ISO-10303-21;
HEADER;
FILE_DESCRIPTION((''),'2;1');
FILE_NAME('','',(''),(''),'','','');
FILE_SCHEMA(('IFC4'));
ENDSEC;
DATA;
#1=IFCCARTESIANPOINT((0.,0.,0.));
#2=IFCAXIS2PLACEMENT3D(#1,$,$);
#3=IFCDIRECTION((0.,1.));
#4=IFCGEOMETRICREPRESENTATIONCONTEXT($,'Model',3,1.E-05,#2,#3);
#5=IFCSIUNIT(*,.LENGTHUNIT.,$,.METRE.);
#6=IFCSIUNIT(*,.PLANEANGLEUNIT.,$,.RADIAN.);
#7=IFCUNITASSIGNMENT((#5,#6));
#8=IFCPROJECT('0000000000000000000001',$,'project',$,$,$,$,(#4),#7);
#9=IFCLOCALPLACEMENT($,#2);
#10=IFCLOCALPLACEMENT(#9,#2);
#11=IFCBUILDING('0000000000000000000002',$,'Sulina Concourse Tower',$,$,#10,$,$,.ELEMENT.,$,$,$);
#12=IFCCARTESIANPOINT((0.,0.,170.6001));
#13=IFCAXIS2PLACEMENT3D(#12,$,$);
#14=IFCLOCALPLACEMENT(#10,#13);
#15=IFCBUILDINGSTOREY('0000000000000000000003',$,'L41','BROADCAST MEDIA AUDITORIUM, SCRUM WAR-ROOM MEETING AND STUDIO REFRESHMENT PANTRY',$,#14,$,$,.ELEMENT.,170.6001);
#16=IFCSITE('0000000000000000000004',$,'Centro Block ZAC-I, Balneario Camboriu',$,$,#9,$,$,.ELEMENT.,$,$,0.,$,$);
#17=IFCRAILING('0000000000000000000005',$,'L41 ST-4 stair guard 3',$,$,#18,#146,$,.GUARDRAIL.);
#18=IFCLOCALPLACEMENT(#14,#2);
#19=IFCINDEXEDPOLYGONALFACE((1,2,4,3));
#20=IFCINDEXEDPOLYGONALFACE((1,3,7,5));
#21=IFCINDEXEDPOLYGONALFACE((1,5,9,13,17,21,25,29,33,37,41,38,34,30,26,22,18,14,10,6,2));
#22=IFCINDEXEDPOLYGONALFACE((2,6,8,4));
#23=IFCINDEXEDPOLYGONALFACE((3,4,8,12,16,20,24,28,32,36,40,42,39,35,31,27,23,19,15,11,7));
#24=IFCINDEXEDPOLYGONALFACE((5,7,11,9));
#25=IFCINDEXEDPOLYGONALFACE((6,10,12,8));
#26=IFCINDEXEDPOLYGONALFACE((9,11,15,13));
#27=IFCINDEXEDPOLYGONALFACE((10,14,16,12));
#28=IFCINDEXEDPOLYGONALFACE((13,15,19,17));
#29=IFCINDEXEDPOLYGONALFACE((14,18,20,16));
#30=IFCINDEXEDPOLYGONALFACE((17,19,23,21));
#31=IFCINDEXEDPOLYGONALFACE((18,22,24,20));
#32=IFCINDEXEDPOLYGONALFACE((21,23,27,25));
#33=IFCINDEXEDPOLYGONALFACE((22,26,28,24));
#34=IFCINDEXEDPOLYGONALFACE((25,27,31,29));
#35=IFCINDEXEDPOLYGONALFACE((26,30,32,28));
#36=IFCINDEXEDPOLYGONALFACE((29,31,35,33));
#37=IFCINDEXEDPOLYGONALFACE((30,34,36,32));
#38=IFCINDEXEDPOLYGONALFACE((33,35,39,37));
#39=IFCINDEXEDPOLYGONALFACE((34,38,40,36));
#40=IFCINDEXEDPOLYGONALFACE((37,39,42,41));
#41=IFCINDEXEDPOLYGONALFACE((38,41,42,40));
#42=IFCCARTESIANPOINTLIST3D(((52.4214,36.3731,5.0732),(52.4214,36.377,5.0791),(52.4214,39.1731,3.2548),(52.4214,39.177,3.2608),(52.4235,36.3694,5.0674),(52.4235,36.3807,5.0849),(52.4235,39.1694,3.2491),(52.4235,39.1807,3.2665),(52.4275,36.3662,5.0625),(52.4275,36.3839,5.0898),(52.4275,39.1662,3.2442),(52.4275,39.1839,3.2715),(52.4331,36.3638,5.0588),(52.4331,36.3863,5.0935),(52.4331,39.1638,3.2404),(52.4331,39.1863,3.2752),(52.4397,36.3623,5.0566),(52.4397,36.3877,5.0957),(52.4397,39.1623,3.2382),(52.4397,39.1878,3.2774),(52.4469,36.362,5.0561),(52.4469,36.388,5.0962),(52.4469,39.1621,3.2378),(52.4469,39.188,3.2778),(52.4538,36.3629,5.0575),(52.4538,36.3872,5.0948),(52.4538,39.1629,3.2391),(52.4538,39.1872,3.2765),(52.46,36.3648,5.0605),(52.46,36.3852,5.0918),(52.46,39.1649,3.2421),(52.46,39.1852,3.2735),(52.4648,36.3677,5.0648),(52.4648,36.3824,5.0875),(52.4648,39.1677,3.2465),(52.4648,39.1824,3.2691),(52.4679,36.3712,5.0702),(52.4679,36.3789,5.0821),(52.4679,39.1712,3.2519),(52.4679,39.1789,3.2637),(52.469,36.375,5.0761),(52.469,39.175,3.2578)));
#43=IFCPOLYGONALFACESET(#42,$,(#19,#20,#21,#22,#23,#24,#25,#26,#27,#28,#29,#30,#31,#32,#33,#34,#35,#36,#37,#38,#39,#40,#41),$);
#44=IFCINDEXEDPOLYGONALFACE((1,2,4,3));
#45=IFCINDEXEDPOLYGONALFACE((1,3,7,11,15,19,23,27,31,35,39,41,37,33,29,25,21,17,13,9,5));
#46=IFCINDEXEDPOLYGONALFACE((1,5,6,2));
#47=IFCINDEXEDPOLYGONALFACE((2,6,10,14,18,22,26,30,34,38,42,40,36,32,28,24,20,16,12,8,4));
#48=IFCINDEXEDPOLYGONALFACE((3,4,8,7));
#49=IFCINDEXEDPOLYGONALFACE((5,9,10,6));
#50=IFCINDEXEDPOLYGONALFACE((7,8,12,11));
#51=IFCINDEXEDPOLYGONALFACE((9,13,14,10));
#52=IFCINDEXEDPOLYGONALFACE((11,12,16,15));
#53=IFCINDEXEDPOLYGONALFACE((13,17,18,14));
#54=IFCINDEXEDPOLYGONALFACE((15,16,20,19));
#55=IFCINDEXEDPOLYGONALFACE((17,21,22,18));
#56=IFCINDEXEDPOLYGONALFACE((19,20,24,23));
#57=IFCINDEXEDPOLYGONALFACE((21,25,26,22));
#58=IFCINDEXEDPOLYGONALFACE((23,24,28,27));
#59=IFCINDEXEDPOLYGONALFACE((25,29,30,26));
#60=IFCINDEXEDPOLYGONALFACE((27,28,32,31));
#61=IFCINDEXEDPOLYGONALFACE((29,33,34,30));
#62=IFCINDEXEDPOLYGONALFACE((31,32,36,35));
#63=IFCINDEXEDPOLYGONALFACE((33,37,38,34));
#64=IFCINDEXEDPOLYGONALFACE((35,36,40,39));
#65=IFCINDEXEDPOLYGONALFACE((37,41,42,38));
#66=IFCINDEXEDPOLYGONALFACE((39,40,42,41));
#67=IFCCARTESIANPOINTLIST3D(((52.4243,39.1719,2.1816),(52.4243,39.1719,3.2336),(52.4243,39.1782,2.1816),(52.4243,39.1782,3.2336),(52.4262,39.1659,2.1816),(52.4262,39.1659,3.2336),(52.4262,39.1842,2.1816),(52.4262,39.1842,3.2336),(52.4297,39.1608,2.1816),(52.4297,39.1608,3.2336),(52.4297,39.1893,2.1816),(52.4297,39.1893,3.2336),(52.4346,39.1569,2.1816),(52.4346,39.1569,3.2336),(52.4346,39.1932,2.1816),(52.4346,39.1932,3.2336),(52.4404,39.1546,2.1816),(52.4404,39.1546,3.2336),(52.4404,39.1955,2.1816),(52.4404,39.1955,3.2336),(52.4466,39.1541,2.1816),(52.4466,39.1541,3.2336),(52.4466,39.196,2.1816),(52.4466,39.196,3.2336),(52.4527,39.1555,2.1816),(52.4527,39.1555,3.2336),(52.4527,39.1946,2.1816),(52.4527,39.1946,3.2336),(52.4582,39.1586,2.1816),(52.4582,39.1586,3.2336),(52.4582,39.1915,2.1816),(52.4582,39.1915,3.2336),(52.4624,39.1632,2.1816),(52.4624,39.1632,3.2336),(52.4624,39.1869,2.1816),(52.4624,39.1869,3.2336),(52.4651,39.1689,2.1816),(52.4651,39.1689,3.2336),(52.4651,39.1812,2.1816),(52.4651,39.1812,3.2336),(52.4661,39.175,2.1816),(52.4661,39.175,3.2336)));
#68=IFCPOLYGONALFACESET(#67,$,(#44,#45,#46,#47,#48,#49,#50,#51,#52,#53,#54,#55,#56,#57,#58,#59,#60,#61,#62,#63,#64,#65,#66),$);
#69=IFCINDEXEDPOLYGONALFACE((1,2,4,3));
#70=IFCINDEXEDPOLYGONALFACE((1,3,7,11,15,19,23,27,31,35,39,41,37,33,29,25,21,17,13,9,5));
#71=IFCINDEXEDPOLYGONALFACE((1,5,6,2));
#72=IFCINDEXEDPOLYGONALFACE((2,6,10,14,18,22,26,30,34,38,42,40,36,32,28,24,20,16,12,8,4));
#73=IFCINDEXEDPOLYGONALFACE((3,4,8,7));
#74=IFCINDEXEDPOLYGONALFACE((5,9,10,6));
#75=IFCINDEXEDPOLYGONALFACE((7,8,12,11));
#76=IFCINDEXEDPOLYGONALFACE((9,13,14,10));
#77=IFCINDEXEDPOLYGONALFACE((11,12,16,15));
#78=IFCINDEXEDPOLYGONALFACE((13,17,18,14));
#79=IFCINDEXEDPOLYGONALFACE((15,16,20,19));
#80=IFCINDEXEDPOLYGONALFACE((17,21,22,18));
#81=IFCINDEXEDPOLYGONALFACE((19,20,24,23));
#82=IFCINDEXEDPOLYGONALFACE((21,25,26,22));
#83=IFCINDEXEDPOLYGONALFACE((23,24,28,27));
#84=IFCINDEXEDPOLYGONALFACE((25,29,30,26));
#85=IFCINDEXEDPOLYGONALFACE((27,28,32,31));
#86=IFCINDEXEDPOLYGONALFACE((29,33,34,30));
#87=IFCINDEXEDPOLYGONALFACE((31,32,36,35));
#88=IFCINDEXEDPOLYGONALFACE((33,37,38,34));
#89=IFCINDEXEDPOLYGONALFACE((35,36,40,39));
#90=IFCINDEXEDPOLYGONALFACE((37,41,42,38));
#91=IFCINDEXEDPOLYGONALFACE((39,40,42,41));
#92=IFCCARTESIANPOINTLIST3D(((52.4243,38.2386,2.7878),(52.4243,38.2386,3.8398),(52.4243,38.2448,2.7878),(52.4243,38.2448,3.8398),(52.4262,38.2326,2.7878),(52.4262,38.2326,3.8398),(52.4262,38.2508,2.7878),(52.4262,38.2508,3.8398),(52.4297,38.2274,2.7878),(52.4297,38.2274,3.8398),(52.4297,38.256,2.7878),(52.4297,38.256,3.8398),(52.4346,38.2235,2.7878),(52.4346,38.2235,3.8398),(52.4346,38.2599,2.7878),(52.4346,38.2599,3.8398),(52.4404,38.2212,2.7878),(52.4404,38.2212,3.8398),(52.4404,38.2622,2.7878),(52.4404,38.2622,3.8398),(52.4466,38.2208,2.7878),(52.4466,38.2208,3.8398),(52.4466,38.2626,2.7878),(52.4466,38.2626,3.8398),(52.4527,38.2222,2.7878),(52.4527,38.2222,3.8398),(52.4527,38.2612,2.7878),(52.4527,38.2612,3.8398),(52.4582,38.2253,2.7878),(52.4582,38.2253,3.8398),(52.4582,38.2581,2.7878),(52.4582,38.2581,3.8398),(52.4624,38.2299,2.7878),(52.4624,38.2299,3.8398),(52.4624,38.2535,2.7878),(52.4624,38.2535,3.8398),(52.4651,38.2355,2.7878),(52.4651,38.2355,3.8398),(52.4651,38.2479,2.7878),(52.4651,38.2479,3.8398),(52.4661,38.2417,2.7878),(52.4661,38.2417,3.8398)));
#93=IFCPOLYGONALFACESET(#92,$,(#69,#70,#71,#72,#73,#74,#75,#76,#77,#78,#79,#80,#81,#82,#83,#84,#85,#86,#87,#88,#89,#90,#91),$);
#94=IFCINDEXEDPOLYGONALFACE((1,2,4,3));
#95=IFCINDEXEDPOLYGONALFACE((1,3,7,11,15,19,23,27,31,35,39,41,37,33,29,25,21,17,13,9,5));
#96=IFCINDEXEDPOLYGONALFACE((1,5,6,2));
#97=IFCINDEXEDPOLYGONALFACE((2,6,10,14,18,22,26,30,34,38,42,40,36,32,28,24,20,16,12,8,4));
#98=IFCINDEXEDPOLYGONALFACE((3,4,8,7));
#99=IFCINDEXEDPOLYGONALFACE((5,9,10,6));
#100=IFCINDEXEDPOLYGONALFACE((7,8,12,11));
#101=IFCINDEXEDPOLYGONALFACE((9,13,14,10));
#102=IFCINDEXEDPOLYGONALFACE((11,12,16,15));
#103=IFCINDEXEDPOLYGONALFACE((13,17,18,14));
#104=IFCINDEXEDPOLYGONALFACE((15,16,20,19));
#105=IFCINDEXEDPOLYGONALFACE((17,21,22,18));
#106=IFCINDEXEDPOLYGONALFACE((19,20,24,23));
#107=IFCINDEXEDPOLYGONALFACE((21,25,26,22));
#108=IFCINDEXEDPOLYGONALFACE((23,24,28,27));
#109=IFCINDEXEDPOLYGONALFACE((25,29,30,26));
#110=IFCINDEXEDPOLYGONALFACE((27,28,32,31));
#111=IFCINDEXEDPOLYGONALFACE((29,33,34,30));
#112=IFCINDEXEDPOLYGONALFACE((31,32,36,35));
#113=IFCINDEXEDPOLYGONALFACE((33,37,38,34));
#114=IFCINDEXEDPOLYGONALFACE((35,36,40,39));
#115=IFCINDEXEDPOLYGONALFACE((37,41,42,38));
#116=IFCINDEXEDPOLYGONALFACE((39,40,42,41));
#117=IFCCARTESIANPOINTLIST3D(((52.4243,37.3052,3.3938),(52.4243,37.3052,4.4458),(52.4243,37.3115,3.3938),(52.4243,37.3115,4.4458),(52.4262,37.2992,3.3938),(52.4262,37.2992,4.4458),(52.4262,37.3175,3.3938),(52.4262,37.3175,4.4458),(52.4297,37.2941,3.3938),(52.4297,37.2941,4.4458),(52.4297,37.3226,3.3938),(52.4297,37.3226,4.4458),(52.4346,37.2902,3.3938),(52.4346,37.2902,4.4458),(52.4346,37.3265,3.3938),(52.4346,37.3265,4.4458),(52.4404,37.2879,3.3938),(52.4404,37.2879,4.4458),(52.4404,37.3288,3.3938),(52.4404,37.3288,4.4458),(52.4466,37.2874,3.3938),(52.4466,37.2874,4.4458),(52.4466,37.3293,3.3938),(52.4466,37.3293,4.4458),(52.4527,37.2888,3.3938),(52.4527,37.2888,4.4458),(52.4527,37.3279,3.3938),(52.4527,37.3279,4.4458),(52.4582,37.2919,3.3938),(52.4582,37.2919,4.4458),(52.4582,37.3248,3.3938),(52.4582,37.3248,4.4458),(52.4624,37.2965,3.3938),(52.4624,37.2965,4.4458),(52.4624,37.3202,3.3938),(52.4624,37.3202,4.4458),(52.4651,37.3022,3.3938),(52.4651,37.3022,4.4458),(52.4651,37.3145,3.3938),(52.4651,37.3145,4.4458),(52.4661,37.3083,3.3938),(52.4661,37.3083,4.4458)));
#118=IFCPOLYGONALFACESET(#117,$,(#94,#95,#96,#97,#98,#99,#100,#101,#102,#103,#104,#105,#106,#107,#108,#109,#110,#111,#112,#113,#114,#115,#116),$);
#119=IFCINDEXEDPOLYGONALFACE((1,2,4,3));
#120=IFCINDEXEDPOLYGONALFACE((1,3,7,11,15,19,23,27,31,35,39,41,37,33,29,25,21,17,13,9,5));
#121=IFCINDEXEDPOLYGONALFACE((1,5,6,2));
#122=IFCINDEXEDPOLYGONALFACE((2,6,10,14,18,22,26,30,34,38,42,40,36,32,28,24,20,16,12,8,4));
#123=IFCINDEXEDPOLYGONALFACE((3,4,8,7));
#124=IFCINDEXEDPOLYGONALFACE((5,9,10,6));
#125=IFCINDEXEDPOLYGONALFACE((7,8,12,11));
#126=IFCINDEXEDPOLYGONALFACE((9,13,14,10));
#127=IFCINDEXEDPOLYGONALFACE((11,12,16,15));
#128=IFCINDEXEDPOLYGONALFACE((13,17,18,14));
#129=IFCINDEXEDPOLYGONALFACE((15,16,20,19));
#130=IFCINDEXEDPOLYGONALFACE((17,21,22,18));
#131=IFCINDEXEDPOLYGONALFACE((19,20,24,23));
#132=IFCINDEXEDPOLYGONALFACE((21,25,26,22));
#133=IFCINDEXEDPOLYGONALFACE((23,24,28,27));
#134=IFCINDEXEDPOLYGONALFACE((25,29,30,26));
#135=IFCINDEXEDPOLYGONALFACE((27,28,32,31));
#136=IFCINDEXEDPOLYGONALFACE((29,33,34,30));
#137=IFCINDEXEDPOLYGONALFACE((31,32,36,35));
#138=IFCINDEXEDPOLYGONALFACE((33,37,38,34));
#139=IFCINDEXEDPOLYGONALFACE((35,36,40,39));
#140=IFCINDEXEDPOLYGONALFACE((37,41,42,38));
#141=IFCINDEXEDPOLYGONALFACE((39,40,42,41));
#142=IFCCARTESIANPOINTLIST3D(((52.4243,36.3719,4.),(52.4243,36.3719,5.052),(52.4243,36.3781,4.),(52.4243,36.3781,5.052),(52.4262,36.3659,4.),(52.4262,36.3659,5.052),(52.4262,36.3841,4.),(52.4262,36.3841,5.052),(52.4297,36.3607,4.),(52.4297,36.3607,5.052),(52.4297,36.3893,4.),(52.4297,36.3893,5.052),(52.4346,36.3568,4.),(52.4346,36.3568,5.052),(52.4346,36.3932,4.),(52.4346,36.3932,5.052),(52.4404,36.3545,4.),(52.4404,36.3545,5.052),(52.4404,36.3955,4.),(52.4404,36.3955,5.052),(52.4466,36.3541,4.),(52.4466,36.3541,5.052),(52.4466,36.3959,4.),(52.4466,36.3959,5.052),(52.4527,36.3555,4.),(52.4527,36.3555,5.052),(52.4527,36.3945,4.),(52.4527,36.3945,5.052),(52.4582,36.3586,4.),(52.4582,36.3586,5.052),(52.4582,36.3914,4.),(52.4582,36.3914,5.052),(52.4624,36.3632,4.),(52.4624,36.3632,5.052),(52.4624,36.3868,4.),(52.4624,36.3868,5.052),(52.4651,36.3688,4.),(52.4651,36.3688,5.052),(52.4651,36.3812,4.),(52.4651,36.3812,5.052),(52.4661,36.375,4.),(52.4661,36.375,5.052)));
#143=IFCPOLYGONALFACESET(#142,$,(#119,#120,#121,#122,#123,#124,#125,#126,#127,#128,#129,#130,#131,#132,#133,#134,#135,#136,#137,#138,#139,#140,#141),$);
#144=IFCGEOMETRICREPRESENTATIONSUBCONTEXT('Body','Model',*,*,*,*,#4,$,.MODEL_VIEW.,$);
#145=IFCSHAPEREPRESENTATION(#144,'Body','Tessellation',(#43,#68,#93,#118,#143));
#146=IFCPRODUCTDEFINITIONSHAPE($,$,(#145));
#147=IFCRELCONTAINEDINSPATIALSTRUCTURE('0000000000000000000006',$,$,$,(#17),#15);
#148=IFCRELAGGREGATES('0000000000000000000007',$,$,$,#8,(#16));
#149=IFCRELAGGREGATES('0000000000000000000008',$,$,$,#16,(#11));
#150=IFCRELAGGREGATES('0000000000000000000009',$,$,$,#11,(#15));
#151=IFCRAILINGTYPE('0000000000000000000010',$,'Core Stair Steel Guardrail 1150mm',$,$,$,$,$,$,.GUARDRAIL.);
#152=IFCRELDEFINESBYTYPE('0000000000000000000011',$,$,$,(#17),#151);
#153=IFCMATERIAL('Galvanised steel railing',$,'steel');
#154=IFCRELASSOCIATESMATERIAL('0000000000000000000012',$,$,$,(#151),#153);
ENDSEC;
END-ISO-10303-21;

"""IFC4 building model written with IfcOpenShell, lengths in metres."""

from ifc_helpers import new_model, si_unit, direction, frame, origin, origin_2d, place, context, subcontext, project, spatial, circle, extrude, material, type_object, element, save


model = new_model("IFC4")

# Units and contexts
model_context = context("Model", 3, precision=1e-05, world=origin(), true_north=direction((0.0, 1.0)))
body_context = subcontext(model_context, "Body", "Model", "MODEL_VIEW")
ifc_project = project(units=[si_unit("LENGTHUNIT", "METRE"), si_unit("PLANEANGLEUNIT", "RADIAN")], contexts=[model_context])

# Site, building, storey
site_placement = place(None, origin())
site = spatial("IfcSite", under=ifc_project, at=site_placement, Name="Centro Block ZAC-I, Balneario Camboriu", CompositionType="ELEMENT", RefElevation=0.0)
building_placement = place(site_placement, origin())
building = spatial("IfcBuilding", under=site, at=building_placement, Name="Sulina Concourse Tower", CompositionType="ELEMENT")
storey_placement = place(building_placement, frame((0.0, 0.0, 170.6001)))
storey = spatial("IfcBuildingStorey", under=building, at=storey_placement, Name="L41", Description="BROADCAST MEDIA AUDITORIUM, SCRUM WAR-ROOM MEETING AND STUDIO REFRESHMENT PANTRY", CompositionType="ELEMENT", Elevation=170.6001)

# Railing
ifc_material_1 = material(Name="Galvanised steel railing", Category="steel")
railing_type_1 = type_object("IfcRailingType", Name="Core Stair Steel Guardrail 1150mm", PredefinedType="GUARDRAIL", material=ifc_material_1)
railing_1_placement = place(storey_placement, frame((52.4451, 39.175, 2.1816)))
element("IfcRailing", 1, at=railing_1_placement, inside=storey, type_object=railing_type_1, Name="L41 ST-4 stair guard 3", PredefinedType="GUARDRAIL", context=body_context, shape_type="SweptSolid", body=[
    extrude(circle(Radius=0.0239, at=origin_2d()), frame((0.0, 0.0, 1.0762), z_axis=(0.0, -0.838672, 0.544636), x_axis=(1.0, 0.0, 0.0)), (0.0, 0.0, 1.0), 3.3386),
    extrude(circle(Radius=0.021, at=origin_2d()), origin(), (0.0, 0.0, 1.0), 1.052),
    extrude(circle(Radius=0.021, at=origin_2d()), frame((0.0, -0.9333, 0.6062)), (0.0, 0.0, 1.0), 1.052),
    extrude(circle(Radius=0.021, at=origin_2d()), frame((0.0, -1.8667, 1.2122)), (0.0, 0.0, 1.0), 1.052),
    extrude(circle(Radius=0.021, at=origin_2d()), frame((0.0, -2.8, 1.8184)), (0.0, 0.0, 1.0), 1.052),
])

save(model, "model.ifc")
